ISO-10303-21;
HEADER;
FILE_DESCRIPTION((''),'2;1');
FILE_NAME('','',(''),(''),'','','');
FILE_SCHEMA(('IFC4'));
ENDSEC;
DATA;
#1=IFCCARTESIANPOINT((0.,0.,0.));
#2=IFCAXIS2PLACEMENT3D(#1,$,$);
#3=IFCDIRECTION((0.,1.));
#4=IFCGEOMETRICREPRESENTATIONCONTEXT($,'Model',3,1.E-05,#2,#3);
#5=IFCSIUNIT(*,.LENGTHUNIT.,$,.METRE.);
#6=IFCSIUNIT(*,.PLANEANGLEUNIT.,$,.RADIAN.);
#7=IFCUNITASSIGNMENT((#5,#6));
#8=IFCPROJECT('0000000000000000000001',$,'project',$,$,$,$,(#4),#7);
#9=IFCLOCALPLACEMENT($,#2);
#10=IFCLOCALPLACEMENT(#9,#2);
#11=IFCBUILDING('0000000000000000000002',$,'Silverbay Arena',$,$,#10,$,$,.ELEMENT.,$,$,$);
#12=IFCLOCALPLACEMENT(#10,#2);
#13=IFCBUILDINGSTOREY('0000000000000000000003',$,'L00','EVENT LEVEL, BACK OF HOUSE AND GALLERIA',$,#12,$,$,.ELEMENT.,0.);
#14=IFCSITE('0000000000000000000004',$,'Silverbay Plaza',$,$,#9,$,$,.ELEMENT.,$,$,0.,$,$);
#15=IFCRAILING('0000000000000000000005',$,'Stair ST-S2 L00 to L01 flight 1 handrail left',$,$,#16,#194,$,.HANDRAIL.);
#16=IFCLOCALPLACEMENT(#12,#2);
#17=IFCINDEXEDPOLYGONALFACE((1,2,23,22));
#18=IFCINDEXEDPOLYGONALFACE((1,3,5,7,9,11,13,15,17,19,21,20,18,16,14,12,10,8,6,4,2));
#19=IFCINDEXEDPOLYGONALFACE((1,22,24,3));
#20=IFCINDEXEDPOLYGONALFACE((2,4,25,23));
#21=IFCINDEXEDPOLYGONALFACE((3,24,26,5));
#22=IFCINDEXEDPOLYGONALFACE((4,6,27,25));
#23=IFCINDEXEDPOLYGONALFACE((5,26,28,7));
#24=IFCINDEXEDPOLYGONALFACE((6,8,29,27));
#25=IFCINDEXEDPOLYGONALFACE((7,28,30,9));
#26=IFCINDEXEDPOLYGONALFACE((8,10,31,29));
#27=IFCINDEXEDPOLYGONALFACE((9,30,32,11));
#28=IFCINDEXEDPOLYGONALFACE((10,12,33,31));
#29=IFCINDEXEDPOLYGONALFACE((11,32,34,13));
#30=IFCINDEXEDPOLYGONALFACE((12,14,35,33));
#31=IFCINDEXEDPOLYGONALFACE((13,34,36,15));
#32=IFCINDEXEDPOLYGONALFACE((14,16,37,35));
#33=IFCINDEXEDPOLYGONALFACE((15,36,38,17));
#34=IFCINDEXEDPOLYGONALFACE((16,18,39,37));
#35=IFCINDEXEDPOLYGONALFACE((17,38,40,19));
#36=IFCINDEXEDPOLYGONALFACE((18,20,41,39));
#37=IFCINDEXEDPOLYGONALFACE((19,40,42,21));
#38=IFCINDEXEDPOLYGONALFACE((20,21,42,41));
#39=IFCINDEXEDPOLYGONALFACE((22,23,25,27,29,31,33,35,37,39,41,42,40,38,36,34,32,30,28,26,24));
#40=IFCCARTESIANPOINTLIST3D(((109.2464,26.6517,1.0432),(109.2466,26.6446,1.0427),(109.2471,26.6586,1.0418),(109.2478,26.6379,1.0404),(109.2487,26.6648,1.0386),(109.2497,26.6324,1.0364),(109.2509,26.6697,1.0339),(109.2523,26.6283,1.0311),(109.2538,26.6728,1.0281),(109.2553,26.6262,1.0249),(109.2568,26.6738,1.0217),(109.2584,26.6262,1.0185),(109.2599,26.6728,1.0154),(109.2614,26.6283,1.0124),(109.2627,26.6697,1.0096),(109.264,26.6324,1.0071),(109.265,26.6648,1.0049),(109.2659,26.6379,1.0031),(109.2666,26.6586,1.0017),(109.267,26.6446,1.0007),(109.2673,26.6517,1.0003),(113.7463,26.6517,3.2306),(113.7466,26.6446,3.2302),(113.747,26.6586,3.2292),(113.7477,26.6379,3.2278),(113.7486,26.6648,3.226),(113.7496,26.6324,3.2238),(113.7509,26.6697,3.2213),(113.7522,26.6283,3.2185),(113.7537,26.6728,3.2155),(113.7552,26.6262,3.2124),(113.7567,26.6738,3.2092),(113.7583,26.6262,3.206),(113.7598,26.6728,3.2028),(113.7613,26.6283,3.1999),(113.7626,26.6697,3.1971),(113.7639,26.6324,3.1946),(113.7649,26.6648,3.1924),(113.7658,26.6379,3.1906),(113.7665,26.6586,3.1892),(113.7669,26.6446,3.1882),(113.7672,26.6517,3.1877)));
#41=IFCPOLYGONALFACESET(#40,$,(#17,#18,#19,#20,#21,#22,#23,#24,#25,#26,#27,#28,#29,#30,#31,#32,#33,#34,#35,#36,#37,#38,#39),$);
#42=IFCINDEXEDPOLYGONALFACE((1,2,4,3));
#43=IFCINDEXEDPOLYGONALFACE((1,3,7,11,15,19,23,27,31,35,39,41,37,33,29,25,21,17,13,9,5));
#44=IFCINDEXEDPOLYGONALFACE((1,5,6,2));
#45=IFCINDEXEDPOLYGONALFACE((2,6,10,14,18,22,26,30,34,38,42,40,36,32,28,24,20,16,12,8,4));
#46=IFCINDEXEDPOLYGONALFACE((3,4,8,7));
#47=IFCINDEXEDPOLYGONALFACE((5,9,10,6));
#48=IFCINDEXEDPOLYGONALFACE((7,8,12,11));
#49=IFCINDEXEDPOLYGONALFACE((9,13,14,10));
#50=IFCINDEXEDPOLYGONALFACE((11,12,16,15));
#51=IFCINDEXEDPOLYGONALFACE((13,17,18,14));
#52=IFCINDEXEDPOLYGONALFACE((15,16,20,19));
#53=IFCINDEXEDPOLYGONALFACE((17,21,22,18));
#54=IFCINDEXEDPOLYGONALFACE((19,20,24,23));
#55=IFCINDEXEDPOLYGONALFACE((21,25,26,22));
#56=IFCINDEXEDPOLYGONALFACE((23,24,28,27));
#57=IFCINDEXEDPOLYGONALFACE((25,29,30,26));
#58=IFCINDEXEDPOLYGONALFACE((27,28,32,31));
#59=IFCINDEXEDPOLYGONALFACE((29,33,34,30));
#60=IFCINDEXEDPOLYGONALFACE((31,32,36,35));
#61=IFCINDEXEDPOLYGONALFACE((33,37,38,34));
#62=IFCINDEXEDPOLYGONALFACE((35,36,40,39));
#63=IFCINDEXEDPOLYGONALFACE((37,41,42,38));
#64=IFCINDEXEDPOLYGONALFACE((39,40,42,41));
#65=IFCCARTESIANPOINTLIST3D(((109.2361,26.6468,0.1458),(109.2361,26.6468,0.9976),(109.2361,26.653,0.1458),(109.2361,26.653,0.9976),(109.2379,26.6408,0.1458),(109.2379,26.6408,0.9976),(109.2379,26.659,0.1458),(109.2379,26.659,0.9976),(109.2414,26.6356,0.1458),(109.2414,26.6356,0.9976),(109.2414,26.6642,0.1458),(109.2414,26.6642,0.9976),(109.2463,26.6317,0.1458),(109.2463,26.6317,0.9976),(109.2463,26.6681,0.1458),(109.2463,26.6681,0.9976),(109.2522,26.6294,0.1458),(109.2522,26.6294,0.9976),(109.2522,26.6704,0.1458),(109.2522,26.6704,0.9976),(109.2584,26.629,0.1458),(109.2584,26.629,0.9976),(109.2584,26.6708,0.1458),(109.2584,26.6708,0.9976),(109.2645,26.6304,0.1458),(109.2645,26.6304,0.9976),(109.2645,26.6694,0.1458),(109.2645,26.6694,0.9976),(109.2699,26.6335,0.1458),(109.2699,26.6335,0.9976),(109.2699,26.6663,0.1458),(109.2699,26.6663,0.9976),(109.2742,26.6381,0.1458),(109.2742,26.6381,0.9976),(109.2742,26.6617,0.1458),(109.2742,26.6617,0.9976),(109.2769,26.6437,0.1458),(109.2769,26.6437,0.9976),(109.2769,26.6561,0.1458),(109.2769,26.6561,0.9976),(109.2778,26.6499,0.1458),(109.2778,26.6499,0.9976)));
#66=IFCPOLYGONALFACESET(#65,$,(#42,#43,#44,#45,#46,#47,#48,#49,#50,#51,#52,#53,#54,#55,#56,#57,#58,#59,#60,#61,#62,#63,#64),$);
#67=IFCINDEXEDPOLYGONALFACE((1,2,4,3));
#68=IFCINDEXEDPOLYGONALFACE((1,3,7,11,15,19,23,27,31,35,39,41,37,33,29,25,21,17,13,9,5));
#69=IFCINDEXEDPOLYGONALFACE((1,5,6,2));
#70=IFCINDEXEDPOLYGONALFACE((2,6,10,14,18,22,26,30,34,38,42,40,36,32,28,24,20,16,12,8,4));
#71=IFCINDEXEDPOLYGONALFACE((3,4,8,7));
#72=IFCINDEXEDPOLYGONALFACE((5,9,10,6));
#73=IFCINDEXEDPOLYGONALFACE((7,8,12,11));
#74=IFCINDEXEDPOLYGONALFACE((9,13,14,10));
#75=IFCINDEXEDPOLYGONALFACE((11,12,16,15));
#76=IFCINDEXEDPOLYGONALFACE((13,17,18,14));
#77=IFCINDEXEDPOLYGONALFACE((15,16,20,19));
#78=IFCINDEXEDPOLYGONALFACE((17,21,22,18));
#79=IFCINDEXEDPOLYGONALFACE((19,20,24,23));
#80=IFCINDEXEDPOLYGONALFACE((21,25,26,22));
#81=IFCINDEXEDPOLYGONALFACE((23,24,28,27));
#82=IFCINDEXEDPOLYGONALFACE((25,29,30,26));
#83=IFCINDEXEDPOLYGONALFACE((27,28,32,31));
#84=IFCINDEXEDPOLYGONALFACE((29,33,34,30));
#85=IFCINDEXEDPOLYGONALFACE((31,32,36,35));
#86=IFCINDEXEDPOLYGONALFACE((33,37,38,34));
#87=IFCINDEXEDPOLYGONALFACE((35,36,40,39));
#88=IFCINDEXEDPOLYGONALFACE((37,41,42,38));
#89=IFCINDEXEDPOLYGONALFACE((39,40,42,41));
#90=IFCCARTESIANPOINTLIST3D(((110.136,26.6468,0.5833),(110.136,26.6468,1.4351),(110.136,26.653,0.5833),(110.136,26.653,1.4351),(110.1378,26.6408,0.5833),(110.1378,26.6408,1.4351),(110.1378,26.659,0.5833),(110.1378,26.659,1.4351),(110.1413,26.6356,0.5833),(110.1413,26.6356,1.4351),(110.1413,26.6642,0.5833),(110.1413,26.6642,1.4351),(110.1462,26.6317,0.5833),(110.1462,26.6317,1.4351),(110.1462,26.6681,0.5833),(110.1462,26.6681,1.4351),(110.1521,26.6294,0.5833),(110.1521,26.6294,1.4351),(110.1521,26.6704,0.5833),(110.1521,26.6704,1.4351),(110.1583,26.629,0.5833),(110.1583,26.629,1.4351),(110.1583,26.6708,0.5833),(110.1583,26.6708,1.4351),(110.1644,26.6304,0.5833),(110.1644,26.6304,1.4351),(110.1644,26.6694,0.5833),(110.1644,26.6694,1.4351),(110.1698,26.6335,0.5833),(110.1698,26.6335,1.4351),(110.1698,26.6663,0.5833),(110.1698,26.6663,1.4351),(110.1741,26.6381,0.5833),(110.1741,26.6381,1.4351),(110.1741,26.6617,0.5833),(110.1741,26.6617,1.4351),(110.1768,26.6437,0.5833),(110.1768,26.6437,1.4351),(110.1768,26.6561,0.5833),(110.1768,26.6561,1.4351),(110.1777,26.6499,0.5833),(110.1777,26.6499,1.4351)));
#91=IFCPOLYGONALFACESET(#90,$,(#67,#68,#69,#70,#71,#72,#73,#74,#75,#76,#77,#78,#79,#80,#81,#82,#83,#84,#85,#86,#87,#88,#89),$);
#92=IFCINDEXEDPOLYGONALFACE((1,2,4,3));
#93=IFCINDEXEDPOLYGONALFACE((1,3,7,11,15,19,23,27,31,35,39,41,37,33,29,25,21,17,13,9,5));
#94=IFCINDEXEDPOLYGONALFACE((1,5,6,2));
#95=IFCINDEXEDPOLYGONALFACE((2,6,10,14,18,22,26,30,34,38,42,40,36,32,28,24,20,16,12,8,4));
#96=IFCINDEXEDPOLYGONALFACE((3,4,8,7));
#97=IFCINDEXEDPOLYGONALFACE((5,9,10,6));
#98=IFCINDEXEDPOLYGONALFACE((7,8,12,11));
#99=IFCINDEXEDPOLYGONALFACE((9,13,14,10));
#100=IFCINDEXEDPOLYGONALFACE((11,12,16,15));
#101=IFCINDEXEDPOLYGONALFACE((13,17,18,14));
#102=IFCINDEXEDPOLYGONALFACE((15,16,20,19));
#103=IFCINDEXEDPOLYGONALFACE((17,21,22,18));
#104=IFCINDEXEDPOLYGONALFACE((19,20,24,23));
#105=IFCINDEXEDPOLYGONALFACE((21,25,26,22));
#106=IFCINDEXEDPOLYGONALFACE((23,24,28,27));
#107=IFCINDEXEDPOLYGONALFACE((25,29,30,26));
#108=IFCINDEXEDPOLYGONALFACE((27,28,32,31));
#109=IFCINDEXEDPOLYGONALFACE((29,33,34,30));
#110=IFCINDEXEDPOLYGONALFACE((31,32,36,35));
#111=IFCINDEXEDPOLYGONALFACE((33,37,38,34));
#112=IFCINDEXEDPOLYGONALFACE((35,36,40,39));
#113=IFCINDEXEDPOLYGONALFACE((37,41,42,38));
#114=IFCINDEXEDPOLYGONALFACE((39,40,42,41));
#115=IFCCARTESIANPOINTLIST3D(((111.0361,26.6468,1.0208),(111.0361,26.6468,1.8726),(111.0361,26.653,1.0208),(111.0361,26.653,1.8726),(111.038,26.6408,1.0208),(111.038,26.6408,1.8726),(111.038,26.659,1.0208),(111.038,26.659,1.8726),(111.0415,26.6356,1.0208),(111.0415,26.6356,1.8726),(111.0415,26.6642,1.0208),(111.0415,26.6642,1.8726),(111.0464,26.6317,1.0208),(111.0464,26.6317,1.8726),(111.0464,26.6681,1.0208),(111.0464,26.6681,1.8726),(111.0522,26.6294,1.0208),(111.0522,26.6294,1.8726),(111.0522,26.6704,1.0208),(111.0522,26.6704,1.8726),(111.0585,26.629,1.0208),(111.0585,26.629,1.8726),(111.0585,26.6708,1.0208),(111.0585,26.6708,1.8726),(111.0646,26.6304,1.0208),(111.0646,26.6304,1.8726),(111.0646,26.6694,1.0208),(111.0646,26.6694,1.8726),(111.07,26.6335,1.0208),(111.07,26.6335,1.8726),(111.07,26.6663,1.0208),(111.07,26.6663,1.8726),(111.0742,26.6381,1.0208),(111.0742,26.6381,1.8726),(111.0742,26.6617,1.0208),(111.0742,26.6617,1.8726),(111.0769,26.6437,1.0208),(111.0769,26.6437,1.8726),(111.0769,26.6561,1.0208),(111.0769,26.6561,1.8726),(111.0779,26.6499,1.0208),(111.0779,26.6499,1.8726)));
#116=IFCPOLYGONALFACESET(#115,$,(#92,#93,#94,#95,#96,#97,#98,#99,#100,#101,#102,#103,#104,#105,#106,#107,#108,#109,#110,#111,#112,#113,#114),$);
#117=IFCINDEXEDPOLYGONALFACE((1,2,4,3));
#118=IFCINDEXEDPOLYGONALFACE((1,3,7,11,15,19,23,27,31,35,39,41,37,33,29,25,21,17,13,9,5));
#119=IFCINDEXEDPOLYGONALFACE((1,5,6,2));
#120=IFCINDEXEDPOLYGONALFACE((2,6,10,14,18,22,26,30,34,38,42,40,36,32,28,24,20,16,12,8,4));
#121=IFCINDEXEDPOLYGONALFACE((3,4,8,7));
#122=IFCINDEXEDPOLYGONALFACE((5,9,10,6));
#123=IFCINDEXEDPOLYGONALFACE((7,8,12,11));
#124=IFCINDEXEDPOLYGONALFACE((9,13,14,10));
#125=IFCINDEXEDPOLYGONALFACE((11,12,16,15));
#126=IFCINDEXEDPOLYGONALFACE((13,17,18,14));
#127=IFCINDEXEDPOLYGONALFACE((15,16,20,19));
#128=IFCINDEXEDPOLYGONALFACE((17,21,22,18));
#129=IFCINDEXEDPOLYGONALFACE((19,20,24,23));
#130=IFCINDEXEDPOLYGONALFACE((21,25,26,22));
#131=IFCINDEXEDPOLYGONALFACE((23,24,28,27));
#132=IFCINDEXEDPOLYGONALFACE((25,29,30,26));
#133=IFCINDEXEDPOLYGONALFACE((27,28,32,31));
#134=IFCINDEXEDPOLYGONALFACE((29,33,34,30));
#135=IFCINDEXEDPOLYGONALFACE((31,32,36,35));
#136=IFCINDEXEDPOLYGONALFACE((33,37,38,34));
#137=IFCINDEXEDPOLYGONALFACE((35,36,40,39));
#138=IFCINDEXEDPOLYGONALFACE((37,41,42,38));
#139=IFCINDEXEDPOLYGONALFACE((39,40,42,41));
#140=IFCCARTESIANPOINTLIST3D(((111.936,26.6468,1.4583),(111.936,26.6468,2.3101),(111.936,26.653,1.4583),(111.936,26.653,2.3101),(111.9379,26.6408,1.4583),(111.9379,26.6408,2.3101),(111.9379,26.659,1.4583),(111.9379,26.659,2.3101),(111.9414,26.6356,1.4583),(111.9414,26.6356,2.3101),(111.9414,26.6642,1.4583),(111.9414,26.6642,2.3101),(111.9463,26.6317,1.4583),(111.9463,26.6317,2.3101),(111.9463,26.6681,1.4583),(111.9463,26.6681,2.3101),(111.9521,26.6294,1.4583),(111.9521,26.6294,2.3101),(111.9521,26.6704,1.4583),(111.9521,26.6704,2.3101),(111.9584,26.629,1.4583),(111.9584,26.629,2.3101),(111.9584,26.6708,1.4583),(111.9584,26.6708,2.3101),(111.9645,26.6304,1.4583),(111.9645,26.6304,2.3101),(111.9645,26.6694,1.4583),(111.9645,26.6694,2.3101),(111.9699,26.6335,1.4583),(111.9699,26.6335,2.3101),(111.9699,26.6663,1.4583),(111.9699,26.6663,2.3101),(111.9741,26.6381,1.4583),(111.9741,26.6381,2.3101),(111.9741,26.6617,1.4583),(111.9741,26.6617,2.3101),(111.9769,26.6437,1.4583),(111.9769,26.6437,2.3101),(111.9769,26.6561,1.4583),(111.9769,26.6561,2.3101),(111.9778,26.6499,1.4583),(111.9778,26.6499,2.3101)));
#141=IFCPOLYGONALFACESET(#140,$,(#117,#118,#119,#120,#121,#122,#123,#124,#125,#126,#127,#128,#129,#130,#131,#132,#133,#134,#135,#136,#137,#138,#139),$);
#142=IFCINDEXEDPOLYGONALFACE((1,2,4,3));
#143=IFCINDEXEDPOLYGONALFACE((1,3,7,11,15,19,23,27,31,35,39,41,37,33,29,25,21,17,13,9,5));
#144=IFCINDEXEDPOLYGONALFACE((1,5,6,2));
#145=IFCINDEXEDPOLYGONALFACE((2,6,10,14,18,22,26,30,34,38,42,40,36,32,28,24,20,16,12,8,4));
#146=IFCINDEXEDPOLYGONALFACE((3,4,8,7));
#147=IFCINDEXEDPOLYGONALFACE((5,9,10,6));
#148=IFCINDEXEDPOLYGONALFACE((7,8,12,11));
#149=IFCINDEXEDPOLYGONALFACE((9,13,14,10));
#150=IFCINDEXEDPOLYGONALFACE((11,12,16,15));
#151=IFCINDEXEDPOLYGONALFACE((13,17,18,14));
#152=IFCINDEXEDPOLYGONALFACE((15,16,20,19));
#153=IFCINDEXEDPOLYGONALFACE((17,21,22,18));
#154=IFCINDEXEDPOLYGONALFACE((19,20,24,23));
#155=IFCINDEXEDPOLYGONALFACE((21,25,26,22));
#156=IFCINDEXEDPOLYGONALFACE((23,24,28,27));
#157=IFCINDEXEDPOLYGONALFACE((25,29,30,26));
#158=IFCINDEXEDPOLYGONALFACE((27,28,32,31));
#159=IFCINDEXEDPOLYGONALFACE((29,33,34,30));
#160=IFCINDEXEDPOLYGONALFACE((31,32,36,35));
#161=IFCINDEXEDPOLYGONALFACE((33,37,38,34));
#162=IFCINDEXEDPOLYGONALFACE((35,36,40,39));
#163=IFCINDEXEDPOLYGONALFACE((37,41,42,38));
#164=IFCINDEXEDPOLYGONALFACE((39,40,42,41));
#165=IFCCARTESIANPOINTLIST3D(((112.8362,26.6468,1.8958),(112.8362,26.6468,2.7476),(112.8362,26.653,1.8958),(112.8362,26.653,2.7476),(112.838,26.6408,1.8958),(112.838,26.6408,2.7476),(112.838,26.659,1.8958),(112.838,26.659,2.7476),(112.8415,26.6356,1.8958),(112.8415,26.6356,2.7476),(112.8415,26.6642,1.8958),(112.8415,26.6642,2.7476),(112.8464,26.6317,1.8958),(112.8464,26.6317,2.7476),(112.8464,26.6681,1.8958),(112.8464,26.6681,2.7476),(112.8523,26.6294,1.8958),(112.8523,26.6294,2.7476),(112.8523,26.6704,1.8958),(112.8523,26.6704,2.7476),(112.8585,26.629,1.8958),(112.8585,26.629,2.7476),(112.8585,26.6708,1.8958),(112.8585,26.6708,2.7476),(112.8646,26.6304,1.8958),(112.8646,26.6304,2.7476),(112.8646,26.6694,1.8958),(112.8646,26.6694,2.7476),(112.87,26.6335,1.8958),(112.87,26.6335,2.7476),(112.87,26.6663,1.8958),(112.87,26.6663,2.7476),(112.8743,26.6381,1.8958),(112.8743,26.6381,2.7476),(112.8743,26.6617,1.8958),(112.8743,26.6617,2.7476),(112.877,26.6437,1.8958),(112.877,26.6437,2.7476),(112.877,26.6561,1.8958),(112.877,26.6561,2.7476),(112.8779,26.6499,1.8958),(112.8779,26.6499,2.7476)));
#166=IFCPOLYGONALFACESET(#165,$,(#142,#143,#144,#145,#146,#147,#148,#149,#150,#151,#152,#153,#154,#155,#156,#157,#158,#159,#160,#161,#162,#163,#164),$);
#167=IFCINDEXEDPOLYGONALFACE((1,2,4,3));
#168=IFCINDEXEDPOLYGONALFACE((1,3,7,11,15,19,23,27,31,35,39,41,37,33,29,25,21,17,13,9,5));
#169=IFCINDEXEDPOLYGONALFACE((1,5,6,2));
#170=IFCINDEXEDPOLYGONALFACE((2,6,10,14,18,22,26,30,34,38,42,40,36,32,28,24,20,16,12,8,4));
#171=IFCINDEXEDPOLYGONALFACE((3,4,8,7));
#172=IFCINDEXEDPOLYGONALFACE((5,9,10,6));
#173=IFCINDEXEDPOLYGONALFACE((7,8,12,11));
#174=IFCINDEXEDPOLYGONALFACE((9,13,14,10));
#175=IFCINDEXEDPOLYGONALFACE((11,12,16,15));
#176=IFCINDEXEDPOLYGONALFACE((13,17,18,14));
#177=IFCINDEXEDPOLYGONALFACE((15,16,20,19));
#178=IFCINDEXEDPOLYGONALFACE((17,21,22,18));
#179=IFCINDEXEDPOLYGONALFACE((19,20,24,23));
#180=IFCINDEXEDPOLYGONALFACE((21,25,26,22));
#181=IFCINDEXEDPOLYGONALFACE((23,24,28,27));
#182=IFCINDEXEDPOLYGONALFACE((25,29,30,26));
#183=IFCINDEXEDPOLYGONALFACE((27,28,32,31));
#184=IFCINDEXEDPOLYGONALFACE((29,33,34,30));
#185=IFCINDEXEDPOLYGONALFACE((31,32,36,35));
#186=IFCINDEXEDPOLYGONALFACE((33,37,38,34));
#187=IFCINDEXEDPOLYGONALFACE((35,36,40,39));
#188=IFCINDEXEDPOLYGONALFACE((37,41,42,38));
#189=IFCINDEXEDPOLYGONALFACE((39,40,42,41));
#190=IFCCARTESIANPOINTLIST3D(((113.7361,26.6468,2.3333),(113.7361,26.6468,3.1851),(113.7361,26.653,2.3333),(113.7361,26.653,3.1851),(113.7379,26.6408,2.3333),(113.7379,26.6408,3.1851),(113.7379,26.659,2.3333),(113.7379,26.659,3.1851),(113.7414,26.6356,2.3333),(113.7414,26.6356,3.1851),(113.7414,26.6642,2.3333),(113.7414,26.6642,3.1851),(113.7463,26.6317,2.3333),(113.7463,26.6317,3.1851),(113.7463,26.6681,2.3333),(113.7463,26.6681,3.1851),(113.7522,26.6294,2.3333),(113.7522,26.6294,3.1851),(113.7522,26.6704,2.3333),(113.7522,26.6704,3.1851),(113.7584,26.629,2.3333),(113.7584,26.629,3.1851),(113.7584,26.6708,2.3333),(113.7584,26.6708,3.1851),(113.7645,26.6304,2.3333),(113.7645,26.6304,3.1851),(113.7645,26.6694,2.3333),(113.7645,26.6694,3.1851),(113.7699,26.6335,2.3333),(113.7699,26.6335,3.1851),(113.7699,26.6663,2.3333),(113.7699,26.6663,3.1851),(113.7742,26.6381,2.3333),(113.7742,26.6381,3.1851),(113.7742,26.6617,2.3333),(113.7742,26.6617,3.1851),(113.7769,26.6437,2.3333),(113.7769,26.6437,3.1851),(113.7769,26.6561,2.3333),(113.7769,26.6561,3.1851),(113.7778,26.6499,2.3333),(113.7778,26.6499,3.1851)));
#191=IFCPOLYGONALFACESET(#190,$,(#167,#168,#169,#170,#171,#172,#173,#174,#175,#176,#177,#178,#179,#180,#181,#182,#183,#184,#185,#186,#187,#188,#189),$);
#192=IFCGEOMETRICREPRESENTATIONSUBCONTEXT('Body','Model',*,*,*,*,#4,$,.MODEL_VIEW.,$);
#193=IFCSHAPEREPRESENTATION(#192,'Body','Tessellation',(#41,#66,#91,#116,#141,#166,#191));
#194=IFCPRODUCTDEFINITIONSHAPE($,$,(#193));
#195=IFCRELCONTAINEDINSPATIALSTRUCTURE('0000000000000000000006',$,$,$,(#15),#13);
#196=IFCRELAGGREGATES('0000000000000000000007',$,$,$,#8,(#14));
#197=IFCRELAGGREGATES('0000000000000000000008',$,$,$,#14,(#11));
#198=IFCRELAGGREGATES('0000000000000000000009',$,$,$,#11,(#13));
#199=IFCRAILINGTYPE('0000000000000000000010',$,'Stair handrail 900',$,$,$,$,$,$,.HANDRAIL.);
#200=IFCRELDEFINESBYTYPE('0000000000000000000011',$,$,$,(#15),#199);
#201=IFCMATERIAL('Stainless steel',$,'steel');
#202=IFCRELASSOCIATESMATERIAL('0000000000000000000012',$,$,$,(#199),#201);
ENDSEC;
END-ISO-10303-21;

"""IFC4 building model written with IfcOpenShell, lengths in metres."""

from ifc_helpers import new_model, si_unit, direction, frame, origin, origin_2d, place, context, subcontext, project, spatial, circle, extrude, material, type_object, element, save


model = new_model("IFC4")

# Units and contexts
model_context = context("Model", 3, precision=1e-05, world=origin(), true_north=direction((0.0, 1.0)))
body_context = subcontext(model_context, "Body", "Model", "MODEL_VIEW")
ifc_project = project(units=[si_unit("LENGTHUNIT", "METRE"), si_unit("PLANEANGLEUNIT", "RADIAN")], contexts=[model_context])

# Site, building, storey
site_placement = place(None, origin())
site = spatial("IfcSite", under=ifc_project, at=site_placement, Name="Silverbay Plaza", CompositionType="ELEMENT", RefElevation=0.0)
building_placement = place(site_placement, origin())
building = spatial("IfcBuilding", under=site, at=building_placement, Name="Silverbay Arena", CompositionType="ELEMENT")
storey_placement = place(building_placement, origin())
storey = spatial("IfcBuildingStorey", under=building, at=storey_placement, Name="L00", Description="EVENT LEVEL, BACK OF HOUSE AND GALLERIA", CompositionType="ELEMENT", Elevation=0.0)

# Railing
ifc_material_1 = material(Name="Stainless steel", Category="steel")
railing_type_1 = type_object("IfcRailingType", Name="Stair handrail 900", PredefinedType="HANDRAIL", material=ifc_material_1)
for number, where, name in (
    (1, (109.2568, 26.6499, 0.1458), "Stair ST-S2 L00 to L01 flight 1 handrail left"),
):
    element("IfcRailing", number, at=place(storey_placement, frame(where)), inside=storey, type_object=railing_type_1, Name=name, PredefinedType="HANDRAIL", context=body_context, shape_type="SweptSolid", body=[
        extrude(circle(Radius=0.0239, at=origin_2d()), frame((0.0, 0.0, 0.876), z_axis=(0.899368, 0.0, 0.437193), x_axis=(0.0, 1.0, 0.0)), (0.0, 0.0, 1.0), 5.0034),
        extrude(circle(Radius=0.021, at=origin_2d()), origin(), (0.0, 0.0, 1.0), 0.8518),
        extrude(circle(Radius=0.021, at=origin_2d()), frame((0.8999, 0.0, 0.4375)), (0.0, 0.0, 1.0), 0.8518),
        extrude(circle(Radius=0.021, at=origin_2d()), frame((1.8, 0.0, 0.875)), (0.0, 0.0, 1.0), 0.8518),
        extrude(circle(Radius=0.021, at=origin_2d()), frame((2.7, 0.0, 1.3125)), (0.0, 0.0, 1.0), 0.8518),
        extrude(circle(Radius=0.021, at=origin_2d()), frame((3.6001, 0.0, 1.75)), (0.0, 0.0, 1.0), 0.8518),
        extrude(circle(Radius=0.021, at=origin_2d()), frame((4.5, 0.0, 2.1875)), (0.0, 0.0, 1.0), 0.8518),
    ])

save(model, "model.ifc")
